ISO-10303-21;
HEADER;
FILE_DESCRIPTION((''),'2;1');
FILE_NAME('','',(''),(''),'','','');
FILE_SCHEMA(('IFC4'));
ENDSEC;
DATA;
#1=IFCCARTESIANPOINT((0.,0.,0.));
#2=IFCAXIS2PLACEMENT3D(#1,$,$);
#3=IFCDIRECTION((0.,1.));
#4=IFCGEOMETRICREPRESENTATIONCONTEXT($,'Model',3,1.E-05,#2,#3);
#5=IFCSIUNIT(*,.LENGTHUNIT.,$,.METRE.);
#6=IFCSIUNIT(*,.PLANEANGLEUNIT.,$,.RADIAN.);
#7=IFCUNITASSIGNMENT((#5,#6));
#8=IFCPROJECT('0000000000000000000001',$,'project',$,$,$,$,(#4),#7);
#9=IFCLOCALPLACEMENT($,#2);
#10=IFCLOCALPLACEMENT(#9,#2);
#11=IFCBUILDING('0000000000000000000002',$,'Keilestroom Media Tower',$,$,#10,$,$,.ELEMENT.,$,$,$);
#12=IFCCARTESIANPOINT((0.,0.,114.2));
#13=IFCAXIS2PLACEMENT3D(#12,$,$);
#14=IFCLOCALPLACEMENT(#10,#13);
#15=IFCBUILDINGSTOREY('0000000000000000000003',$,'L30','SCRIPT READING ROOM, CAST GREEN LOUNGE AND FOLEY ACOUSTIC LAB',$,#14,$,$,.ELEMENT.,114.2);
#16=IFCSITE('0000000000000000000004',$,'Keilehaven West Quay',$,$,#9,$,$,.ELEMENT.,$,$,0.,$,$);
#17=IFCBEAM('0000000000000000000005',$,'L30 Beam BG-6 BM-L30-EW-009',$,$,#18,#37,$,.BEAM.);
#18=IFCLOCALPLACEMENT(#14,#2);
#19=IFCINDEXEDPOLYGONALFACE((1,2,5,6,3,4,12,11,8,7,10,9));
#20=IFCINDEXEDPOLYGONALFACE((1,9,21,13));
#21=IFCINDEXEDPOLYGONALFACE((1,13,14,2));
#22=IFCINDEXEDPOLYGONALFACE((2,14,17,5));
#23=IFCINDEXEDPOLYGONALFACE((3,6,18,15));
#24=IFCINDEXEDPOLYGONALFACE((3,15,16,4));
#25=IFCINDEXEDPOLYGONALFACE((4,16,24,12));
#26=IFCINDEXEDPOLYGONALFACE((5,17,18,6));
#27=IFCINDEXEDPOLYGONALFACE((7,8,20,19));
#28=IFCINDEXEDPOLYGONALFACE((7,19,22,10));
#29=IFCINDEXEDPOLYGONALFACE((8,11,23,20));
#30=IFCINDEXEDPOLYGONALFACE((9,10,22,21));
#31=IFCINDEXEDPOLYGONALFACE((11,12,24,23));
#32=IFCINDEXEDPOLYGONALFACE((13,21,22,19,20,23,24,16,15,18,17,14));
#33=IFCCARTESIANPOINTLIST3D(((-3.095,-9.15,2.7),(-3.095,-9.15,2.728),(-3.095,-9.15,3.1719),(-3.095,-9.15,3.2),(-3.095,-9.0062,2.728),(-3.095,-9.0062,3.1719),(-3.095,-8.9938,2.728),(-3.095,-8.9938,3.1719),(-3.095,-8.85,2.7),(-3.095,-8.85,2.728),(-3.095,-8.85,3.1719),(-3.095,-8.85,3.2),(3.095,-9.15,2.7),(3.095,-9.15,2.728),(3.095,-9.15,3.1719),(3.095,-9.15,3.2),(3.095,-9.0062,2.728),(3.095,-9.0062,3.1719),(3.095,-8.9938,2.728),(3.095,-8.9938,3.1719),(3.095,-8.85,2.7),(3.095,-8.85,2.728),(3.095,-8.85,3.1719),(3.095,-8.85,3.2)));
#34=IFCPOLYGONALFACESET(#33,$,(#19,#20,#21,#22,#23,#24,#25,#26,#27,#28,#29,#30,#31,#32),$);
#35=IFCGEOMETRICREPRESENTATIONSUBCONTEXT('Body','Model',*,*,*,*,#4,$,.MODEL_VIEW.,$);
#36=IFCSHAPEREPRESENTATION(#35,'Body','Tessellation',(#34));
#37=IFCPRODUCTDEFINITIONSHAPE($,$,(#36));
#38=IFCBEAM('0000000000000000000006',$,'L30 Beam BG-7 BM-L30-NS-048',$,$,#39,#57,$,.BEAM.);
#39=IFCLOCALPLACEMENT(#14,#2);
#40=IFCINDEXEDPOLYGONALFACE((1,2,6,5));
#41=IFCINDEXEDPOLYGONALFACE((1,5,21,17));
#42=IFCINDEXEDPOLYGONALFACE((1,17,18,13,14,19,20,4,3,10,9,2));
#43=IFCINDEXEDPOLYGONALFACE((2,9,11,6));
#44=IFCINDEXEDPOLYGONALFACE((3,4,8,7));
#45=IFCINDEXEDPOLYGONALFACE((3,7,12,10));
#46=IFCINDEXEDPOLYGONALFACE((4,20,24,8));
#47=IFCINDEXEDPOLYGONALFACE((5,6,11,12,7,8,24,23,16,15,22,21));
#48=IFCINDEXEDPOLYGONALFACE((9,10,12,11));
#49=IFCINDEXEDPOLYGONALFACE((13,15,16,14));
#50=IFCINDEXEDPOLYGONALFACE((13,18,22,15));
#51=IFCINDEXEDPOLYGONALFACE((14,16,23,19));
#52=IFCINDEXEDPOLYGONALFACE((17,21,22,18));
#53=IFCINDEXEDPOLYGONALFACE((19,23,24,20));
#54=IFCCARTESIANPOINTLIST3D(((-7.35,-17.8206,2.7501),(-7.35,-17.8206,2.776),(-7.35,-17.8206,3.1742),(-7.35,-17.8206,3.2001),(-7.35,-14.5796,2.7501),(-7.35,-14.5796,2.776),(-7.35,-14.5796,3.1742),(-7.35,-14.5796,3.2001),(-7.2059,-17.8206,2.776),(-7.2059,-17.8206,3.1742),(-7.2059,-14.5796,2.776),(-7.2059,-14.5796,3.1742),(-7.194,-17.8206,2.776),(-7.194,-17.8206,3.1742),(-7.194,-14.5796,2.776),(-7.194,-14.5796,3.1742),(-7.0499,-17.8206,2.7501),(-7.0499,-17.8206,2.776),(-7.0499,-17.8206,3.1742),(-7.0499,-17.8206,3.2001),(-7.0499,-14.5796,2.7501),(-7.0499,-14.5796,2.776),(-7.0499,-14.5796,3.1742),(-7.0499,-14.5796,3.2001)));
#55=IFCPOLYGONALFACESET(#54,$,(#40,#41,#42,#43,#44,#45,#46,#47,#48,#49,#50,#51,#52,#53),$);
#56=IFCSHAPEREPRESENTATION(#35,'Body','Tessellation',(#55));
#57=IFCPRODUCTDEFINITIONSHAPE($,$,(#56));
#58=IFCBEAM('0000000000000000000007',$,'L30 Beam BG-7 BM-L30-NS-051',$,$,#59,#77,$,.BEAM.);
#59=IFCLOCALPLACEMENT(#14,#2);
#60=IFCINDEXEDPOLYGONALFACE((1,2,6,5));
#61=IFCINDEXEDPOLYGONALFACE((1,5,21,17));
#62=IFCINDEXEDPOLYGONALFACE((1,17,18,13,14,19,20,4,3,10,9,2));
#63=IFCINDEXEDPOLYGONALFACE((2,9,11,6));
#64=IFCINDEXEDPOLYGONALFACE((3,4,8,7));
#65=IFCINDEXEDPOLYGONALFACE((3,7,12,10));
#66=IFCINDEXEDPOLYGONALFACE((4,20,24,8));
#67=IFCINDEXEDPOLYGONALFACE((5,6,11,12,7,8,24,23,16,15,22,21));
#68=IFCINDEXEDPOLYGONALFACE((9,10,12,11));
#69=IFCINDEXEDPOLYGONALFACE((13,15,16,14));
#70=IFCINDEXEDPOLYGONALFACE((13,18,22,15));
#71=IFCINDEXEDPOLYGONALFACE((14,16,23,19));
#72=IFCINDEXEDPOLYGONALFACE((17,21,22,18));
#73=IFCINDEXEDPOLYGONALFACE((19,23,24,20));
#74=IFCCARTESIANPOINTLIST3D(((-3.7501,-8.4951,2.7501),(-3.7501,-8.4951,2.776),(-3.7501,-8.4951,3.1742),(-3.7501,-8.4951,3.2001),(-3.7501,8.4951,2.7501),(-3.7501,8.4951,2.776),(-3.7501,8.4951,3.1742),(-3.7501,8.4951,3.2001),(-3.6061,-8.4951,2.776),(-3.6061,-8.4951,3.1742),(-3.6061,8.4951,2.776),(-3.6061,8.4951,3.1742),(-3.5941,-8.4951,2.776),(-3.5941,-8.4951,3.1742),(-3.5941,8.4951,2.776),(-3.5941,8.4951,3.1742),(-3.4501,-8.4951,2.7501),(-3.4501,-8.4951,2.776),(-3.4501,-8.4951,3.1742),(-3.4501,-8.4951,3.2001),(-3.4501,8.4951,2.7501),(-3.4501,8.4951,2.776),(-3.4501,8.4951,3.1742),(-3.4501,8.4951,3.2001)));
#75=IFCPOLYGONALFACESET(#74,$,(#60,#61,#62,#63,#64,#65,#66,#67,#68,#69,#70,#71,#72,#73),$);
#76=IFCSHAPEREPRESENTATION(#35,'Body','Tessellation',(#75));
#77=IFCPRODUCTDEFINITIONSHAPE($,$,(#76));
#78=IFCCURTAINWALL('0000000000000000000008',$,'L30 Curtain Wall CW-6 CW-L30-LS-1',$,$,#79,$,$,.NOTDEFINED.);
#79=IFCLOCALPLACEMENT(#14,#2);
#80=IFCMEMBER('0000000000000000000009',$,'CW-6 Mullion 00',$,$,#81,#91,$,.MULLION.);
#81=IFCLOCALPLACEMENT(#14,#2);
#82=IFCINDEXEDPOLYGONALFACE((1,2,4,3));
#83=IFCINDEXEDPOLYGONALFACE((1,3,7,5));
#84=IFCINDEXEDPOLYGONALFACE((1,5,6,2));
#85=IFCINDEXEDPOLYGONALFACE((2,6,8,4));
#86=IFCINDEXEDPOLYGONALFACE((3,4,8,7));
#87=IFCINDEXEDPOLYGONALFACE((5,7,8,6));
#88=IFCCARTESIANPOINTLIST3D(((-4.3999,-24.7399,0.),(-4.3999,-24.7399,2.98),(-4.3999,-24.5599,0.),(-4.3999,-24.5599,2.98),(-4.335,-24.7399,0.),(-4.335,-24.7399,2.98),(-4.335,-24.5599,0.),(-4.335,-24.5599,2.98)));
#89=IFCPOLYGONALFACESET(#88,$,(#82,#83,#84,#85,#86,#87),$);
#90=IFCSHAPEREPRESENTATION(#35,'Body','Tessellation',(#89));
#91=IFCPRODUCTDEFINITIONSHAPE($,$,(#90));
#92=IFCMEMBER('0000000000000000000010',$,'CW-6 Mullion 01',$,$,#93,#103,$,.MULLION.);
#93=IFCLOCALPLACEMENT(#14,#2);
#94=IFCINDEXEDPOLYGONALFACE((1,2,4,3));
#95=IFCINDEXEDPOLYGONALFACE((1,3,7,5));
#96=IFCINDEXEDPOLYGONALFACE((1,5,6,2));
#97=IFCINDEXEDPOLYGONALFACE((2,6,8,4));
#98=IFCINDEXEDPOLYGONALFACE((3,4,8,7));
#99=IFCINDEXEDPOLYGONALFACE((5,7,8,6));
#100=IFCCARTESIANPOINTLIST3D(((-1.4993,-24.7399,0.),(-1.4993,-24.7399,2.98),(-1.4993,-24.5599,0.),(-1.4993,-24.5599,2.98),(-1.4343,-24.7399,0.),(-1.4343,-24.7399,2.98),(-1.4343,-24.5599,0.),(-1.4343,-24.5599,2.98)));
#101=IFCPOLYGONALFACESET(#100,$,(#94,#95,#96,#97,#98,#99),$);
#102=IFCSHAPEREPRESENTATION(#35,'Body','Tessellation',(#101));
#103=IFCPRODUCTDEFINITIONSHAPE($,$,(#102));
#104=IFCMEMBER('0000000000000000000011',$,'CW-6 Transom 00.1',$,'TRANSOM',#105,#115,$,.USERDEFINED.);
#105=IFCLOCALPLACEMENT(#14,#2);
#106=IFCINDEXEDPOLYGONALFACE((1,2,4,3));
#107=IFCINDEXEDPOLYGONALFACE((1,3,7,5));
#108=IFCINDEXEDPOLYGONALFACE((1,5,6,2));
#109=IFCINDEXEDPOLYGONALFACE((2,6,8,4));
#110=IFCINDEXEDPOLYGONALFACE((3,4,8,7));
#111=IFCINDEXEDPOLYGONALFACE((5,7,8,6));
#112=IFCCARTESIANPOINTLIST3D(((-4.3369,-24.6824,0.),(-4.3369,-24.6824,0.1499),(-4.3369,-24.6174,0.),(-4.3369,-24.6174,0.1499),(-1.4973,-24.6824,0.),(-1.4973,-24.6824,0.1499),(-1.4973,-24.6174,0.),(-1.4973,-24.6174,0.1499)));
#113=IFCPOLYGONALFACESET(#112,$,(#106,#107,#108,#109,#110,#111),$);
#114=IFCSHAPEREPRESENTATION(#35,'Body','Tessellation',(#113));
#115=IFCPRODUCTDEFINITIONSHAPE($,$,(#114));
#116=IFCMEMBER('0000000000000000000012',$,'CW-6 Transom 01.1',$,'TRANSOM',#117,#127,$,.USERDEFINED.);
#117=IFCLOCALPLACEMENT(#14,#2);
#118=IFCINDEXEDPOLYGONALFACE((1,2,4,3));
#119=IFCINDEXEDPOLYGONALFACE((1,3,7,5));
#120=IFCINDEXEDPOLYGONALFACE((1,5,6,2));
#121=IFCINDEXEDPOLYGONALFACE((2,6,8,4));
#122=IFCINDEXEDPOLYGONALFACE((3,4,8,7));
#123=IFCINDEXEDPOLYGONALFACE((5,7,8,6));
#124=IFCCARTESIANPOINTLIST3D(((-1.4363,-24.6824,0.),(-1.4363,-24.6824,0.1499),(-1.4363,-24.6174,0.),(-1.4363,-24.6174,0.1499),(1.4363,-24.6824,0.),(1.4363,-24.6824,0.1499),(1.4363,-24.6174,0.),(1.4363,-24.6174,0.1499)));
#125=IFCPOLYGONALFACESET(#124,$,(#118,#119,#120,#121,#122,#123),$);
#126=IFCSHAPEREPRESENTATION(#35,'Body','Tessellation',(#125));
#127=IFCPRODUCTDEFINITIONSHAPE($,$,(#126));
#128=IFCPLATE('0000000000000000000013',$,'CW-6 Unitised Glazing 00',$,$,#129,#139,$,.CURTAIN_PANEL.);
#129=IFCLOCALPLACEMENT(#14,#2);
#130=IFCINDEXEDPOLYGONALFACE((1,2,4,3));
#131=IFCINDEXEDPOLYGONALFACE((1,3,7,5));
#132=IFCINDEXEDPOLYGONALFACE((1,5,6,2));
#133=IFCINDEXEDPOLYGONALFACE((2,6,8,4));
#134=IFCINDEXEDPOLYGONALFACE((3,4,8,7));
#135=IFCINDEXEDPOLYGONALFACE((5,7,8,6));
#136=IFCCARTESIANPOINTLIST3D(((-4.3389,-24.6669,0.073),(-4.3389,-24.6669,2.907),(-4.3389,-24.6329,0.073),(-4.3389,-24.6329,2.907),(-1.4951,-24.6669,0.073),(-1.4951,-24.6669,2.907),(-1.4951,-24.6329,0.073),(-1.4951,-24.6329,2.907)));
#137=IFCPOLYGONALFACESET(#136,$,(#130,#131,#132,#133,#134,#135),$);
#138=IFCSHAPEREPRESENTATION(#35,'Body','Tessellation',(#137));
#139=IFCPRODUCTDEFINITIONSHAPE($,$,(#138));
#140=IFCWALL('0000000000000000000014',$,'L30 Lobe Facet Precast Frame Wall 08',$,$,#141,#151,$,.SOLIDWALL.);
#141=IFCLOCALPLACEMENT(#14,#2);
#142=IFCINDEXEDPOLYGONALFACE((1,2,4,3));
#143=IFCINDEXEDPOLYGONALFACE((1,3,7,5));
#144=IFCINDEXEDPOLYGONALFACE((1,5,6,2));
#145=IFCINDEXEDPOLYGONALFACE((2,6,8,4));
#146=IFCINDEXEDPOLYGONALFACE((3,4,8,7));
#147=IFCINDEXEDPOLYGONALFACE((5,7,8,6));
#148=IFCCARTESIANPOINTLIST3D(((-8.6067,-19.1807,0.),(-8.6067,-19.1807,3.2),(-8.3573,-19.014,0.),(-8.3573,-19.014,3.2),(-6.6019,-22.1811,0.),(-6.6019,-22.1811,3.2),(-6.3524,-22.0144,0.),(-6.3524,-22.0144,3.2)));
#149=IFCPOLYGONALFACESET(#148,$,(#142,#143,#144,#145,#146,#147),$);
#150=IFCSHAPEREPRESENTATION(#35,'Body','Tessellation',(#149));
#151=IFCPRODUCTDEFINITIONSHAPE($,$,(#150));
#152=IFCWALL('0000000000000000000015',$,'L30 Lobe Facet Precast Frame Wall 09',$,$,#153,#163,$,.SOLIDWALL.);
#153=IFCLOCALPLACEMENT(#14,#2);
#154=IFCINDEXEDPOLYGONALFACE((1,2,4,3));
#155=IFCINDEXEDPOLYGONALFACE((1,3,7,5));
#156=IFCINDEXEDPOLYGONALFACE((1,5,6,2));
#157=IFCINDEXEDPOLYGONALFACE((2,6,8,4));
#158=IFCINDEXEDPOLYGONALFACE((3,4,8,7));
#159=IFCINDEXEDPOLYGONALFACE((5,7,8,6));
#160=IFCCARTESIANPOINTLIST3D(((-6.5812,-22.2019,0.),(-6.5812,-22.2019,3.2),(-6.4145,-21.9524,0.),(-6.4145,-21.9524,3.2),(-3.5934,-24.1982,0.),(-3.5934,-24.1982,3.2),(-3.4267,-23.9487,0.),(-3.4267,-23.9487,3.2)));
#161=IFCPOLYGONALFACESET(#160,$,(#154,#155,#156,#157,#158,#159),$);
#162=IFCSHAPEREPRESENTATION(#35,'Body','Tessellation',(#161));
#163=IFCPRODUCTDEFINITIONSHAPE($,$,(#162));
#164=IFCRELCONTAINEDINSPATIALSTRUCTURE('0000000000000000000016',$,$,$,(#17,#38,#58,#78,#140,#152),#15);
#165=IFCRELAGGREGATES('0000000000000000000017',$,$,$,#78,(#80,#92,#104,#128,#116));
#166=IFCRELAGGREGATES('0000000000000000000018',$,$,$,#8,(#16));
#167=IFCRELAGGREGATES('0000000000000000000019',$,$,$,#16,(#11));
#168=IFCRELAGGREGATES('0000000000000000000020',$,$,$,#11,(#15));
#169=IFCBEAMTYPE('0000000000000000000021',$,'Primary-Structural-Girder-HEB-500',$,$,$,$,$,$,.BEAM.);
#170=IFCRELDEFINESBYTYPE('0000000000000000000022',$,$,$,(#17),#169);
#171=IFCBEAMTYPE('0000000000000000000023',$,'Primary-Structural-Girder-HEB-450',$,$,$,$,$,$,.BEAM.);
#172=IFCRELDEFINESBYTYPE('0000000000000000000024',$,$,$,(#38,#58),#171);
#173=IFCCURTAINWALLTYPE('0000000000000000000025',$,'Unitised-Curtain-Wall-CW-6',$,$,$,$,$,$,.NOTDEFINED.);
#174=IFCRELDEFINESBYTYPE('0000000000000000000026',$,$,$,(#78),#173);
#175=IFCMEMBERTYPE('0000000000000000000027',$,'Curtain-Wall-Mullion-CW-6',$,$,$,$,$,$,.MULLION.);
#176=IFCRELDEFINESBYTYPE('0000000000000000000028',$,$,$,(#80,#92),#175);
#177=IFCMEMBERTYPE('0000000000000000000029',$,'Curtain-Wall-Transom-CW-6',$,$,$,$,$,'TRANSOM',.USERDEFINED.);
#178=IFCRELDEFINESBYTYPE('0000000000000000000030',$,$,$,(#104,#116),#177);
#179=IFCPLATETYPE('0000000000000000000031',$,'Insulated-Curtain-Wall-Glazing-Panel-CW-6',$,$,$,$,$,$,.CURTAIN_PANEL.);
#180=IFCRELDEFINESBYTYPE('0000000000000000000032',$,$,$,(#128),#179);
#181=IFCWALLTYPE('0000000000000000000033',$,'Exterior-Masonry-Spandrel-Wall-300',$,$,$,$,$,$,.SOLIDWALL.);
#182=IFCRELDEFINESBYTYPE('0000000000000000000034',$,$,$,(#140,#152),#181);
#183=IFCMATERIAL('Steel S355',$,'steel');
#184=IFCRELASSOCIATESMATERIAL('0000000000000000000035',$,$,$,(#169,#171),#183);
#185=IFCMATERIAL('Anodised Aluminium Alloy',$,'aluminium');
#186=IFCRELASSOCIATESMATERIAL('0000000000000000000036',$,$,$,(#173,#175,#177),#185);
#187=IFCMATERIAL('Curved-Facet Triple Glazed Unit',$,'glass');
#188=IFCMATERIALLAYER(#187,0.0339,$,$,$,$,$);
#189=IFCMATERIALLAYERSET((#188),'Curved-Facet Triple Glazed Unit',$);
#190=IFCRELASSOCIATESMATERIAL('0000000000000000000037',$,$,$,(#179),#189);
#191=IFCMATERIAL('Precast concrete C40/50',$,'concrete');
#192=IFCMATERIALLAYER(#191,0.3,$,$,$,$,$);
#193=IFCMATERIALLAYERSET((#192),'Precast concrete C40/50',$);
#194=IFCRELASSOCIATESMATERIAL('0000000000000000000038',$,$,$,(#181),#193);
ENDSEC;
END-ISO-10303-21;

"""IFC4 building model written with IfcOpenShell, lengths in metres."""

from ifc_helpers import new_model, si_unit, direction, frame, frame_2d, origin, origin_2d, place, context, subcontext, project, spatial, rectangle, i_section, extrude, source, transform, mapped, material, layer, layer_set, material_profile, profile_set, type_object, element, aggregate, save


model = new_model("IFC4")

# Units and contexts
model_context = context("Model", 3, precision=1e-05, world=origin(), true_north=direction((0.0, 1.0)))
body_context = subcontext(model_context, "Body", "Model", "MODEL_VIEW")
ifc_project = project(units=[si_unit("LENGTHUNIT", "METRE"), si_unit("PLANEANGLEUNIT", "RADIAN")], contexts=[model_context])

# Site, building, storey
site_placement = place(None, origin())
site = spatial("IfcSite", under=ifc_project, at=site_placement, Name="Keilehaven West Quay", CompositionType="ELEMENT", RefElevation=0.0)
building_placement = place(site_placement, origin())
building = spatial("IfcBuilding", under=site, at=building_placement, Name="Keilestroom Media Tower", CompositionType="ELEMENT")
storey_placement = place(building_placement, frame((0.0, 0.0, 114.2)))
storey = spatial("IfcBuildingStorey", under=building, at=storey_placement, Name="L30", Description="SCRIPT READING ROOM, CAST GREEN LOUNGE AND FOLEY ACOUSTIC LAB", CompositionType="ELEMENT", Elevation=114.2)

# Shared definitions
ifc_material_1 = material(Name="Steel S355", Category="steel")

# Beams
ifc_material_profile_1 = material_profile(ifc_material_1, i_section(OverallWidth=0.3, OverallDepth=0.5, WebThickness=0.0125, FlangeThickness=0.0281, at=origin_2d()), Name="HEB 500")
ifc_profile_set_1 = profile_set([ifc_material_profile_1], Name="Steel S355")
beam_type_1 = type_object("IfcBeamType", Name="Primary-Structural-Girder-HEB-500", PredefinedType="BEAM", material=ifc_profile_set_1)
shared_shape_1 = source(origin(), body_context, "Body", "SweptSolid", [
    extrude(i_section(OverallWidth=0.3, OverallDepth=0.5, WebThickness=0.0125, FlangeThickness=0.0281, at=origin_2d()), origin(), (0.0, 0.0, 1.0), 6.1899),
])
beam_1_placement = place(storey_placement, frame((-3.095, -9.0, 2.95), z_axis=(1.0, 0.0, 0.0), x_axis=(0.0, 1.0, 0.0)))
element("IfcBeam", 1, at=beam_1_placement, inside=storey, type_object=beam_type_1, Name="L30 Beam BG-6 BM-L30-EW-009", PredefinedType="BEAM", context=body_context, shape_type="MappedRepresentation", body=[
    mapped(shared_shape_1, transform((0.0, 0.0, 0.0), x_axis=(1.0, 0.0, 0.0), y_axis=(0.0, 1.0, 0.0), z_axis=(0.0, 0.0, 1.0), scale=1.0)),
])
ifc_material_profile_2 = material_profile(ifc_material_1, i_section(OverallWidth=0.3, OverallDepth=0.45, WebThickness=0.012, FlangeThickness=0.0259, at=origin_2d()), Name="HEB 450")
ifc_profile_set_2 = profile_set([ifc_material_profile_2], Name="Steel S355")
beam_type_2 = type_object("IfcBeamType", Name="Primary-Structural-Girder-HEB-450", PredefinedType="BEAM", material=ifc_profile_set_2)
shared_shape_2 = source(origin(), body_context, "Body", "SweptSolid", [
    extrude(i_section(OverallWidth=0.3, OverallDepth=0.45, WebThickness=0.012, FlangeThickness=0.0259, at=origin_2d()), origin(), (0.0, 0.0, 1.0), 3.241),
])
beam_2_placement = place(storey_placement, frame((-7.2, -17.8206, 2.9751), z_axis=(0.0, 1.0, 0.0), x_axis=(-1.0, 0.0, 0.0)))
element("IfcBeam", 2, at=beam_2_placement, inside=storey, type_object=beam_type_2, Name="L30 Beam BG-7 BM-L30-NS-048", PredefinedType="BEAM", context=body_context, shape_type="MappedRepresentation", body=[
    mapped(shared_shape_2, transform((0.0, 0.0, 0.0), x_axis=(1.0, 0.0, 0.0), y_axis=(0.0, 1.0, 0.0), z_axis=(0.0, 0.0, 1.0), scale=1.0)),
])
shared_shape_3 = source(origin(), body_context, "Body", "SweptSolid", [
    extrude(i_section(OverallWidth=0.3, OverallDepth=0.45, WebThickness=0.012, FlangeThickness=0.0259, at=origin_2d()), origin(), (0.0, 0.0, 1.0), 16.9902),
])
beam_3_placement = place(storey_placement, frame((-3.6001, -8.4951, 2.9751), z_axis=(0.0, 1.0, 0.0), x_axis=(-1.0, 0.0, 0.0)))
element("IfcBeam", 3, at=beam_3_placement, inside=storey, type_object=beam_type_2, Name="L30 Beam BG-7 BM-L30-NS-051", PredefinedType="BEAM", context=body_context, shape_type="MappedRepresentation", body=[
    mapped(shared_shape_3, transform((0.0, 0.0, 0.0), x_axis=(1.0, 0.0, 0.0), y_axis=(0.0, 1.0, 0.0), z_axis=(0.0, 0.0, 1.0), scale=1.0)),
])

# Curtain wall, members, plate
ifc_material_2 = material(Name="Anodised Aluminium Alloy", Category="aluminium")
curtain_wall_type = type_object("IfcCurtainWallType", Name="Unitised-Curtain-Wall-CW-6", PredefinedType="NOTDEFINED", material=ifc_material_2)
curtain_wall_placement = place(storey_placement, origin())
curtain_wall = element("IfcCurtainWall", 4, at=curtain_wall_placement, inside=storey, type_object=curtain_wall_type, Name="L30 Curtain Wall CW-6 CW-L30-LS-1", PredefinedType="NOTDEFINED")
ifc_material_profile_3 = material_profile(ifc_material_2, rectangle(XDim=0.0649, YDim=0.1799, at=origin_2d()), Name="ALU MULLION 65x180")
ifc_profile_set_3 = profile_set([ifc_material_profile_3], Name="Anodised Aluminium Alloy")
member_type_1 = type_object("IfcMemberType", Name="Curtain-Wall-Mullion-CW-6", PredefinedType="MULLION", material=ifc_profile_set_3)
shared_shape_4 = source(origin(), body_context, "Body", "SweptSolid", [
    extrude(rectangle(XDim=0.0649, YDim=0.1799, at=origin_2d()), origin(), (0.0, 0.0, 1.0), 2.98),
])
member_1_placement = place(storey_placement, frame((-4.3674, -24.6499, 0.0), z_axis=(0.0, 0.0, 1.0), x_axis=(1.0, 0.0, 0.0)))
member_1 = element("IfcMember", 5, at=member_1_placement, type_object=member_type_1, Name="CW-6 Mullion 00", PredefinedType="MULLION", context=body_context, shape_type="MappedRepresentation", body=[
    mapped(shared_shape_4, transform((0.0, 0.0, 0.0), x_axis=(1.0, 0.0, 0.0), y_axis=(0.0, 1.0, 0.0), z_axis=(0.0, 0.0, 1.0), scale=1.0)),
])
member_2_placement = place(storey_placement, frame((-1.4668, -24.6499, 0.0), z_axis=(0.0, 0.0, 1.0), x_axis=(1.0, 0.0, 0.0)))
member_2 = element("IfcMember", 6, at=member_2_placement, type_object=member_type_1, Name="CW-6 Mullion 01", PredefinedType="MULLION", context=body_context, shape_type="MappedRepresentation", body=[
    mapped(shared_shape_4, transform((0.0, 0.0, 0.0), x_axis=(1.0, 0.0, 0.0), y_axis=(0.0, 1.0, 0.0), z_axis=(0.0, 0.0, 1.0), scale=1.0)),
])
ifc_material_profile_4 = material_profile(ifc_material_2, rectangle(XDim=0.0649, YDim=0.1499, at=origin_2d()), Name="ALU TRANSOM 65x150")
ifc_profile_set_4 = profile_set([ifc_material_profile_4], Name="Anodised Aluminium Alloy")
member_type_2 = type_object("IfcMemberType", Name="Curtain-Wall-Transom-CW-6", ElementType="TRANSOM", PredefinedType="USERDEFINED", material=ifc_profile_set_4)
shared_shape_5 = source(origin(), body_context, "Body", "SweptSolid", [
    extrude(rectangle(XDim=0.0649, YDim=0.1499, at=origin_2d()), origin(), (0.0, 0.0, 1.0), 2.8396),
])
member_3_placement = place(storey_placement, frame((-4.3369, -24.6499, 0.075), z_axis=(1.0, 0.0, 0.0), x_axis=(0.0, 1.0, 0.0)))
member_3 = element("IfcMember", 7, at=member_3_placement, type_object=member_type_2, Name="CW-6 Transom 00.1", ObjectType="TRANSOM", PredefinedType="USERDEFINED", context=body_context, shape_type="MappedRepresentation", body=[
    mapped(shared_shape_5, transform((0.0, 0.0, 0.0), x_axis=(1.0, 0.0, 0.0), y_axis=(0.0, 1.0, 0.0), z_axis=(0.0, 0.0, 1.0), scale=1.0)),
])
shared_shape_6 = source(origin(), body_context, "Body", "SweptSolid", [
    extrude(rectangle(XDim=0.0649, YDim=0.1499, at=origin_2d()), origin(), (0.0, 0.0, 1.0), 2.8726),
])
member_4_placement = place(storey_placement, frame((-1.4363, -24.6499, 0.075), z_axis=(1.0, 0.0, 0.0), x_axis=(0.0, 1.0, 0.0)))
member_4 = element("IfcMember", 8, at=member_4_placement, type_object=member_type_2, Name="CW-6 Transom 01.1", ObjectType="TRANSOM", PredefinedType="USERDEFINED", context=body_context, shape_type="MappedRepresentation", body=[
    mapped(shared_shape_6, transform((0.0, 0.0, 0.0), x_axis=(1.0, 0.0, 0.0), y_axis=(0.0, 1.0, 0.0), z_axis=(0.0, 0.0, 1.0), scale=1.0)),
])
ifc_material_3 = material(Name="Curved-Facet Triple Glazed Unit", Category="glass")
ifc_layer_1 = layer(ifc_material_3, 0.0339)
ifc_layer_set_1 = layer_set([ifc_layer_1], Name="Curved-Facet Triple Glazed Unit")
plate_type = type_object("IfcPlateType", Name="Insulated-Curtain-Wall-Glazing-Panel-CW-6", PredefinedType="CURTAIN_PANEL", material=ifc_layer_set_1)
shared_shape_7 = source(origin(), body_context, "Body", "SweptSolid", [
    extrude(rectangle(XDim=2.8438, YDim=0.0339, at=origin_2d()), origin(), (0.0, 0.0, 1.0), 2.834),
])
plate_placement = place(storey_placement, frame((-2.917, -24.6499, 0.073), z_axis=(0.0, 0.0, 1.0), x_axis=(1.0, 0.0, 0.0)))
plate = element("IfcPlate", 9, at=plate_placement, type_object=plate_type, Name="CW-6 Unitised Glazing 00", PredefinedType="CURTAIN_PANEL", context=body_context, shape_type="MappedRepresentation", body=[
    mapped(shared_shape_7, transform((0.0, 0.0, 0.0), x_axis=(1.0, 0.0, 0.0), y_axis=(0.0, 1.0, 0.0), z_axis=(0.0, 0.0, 1.0), scale=1.0)),
])
aggregate(curtain_wall, [member_1, member_2, member_3, plate, member_4])

# Walls
ifc_material_4 = material(Name="Precast concrete C40/50", Category="concrete")
ifc_layer_2 = layer(ifc_material_4, 0.3)
ifc_layer_set_2 = layer_set([ifc_layer_2], Name="Precast concrete C40/50")
wall_type_1 = type_object("IfcWallType", Name="Exterior-Masonry-Spandrel-Wall-300", PredefinedType="SOLIDWALL", material=ifc_layer_set_2)
wall_1_placement = place(storey_placement, frame((-8.4819, -19.0974, 0.0), z_axis=(0.0, 0.0, 1.0), x_axis=(0.555574, -0.831467, 0.0)))
element("IfcWall", 10, at=wall_1_placement, inside=storey, type_object=wall_type_1, Name="L30 Lobe Facet Precast Frame Wall 08", PredefinedType="SOLIDWALL", context=body_context, shape_type="SweptSolid", body=[
    extrude(rectangle(XDim=3.6086, YDim=0.3, at=frame_2d((1.8042, 0.0))), origin(), (0.0, 0.0, 1.0), 3.2),
])
wall_2_placement = place(storey_placement, frame((-6.4978, -22.0771, 0.0), z_axis=(0.0, 0.0, 1.0), x_axis=(0.831475, -0.555562, 0.0)))
element("IfcWall", 11, at=wall_2_placement, inside=storey, type_object=wall_type_1, Name="L30 Lobe Facet Precast Frame Wall 09", PredefinedType="SOLIDWALL", context=body_context, shape_type="SweptSolid", body=[
    extrude(rectangle(XDim=3.5933, YDim=0.3, at=frame_2d((1.7966, 0.0))), origin(), (0.0, 0.0, 1.0), 3.2),
])

save(model, "model.ifc")
